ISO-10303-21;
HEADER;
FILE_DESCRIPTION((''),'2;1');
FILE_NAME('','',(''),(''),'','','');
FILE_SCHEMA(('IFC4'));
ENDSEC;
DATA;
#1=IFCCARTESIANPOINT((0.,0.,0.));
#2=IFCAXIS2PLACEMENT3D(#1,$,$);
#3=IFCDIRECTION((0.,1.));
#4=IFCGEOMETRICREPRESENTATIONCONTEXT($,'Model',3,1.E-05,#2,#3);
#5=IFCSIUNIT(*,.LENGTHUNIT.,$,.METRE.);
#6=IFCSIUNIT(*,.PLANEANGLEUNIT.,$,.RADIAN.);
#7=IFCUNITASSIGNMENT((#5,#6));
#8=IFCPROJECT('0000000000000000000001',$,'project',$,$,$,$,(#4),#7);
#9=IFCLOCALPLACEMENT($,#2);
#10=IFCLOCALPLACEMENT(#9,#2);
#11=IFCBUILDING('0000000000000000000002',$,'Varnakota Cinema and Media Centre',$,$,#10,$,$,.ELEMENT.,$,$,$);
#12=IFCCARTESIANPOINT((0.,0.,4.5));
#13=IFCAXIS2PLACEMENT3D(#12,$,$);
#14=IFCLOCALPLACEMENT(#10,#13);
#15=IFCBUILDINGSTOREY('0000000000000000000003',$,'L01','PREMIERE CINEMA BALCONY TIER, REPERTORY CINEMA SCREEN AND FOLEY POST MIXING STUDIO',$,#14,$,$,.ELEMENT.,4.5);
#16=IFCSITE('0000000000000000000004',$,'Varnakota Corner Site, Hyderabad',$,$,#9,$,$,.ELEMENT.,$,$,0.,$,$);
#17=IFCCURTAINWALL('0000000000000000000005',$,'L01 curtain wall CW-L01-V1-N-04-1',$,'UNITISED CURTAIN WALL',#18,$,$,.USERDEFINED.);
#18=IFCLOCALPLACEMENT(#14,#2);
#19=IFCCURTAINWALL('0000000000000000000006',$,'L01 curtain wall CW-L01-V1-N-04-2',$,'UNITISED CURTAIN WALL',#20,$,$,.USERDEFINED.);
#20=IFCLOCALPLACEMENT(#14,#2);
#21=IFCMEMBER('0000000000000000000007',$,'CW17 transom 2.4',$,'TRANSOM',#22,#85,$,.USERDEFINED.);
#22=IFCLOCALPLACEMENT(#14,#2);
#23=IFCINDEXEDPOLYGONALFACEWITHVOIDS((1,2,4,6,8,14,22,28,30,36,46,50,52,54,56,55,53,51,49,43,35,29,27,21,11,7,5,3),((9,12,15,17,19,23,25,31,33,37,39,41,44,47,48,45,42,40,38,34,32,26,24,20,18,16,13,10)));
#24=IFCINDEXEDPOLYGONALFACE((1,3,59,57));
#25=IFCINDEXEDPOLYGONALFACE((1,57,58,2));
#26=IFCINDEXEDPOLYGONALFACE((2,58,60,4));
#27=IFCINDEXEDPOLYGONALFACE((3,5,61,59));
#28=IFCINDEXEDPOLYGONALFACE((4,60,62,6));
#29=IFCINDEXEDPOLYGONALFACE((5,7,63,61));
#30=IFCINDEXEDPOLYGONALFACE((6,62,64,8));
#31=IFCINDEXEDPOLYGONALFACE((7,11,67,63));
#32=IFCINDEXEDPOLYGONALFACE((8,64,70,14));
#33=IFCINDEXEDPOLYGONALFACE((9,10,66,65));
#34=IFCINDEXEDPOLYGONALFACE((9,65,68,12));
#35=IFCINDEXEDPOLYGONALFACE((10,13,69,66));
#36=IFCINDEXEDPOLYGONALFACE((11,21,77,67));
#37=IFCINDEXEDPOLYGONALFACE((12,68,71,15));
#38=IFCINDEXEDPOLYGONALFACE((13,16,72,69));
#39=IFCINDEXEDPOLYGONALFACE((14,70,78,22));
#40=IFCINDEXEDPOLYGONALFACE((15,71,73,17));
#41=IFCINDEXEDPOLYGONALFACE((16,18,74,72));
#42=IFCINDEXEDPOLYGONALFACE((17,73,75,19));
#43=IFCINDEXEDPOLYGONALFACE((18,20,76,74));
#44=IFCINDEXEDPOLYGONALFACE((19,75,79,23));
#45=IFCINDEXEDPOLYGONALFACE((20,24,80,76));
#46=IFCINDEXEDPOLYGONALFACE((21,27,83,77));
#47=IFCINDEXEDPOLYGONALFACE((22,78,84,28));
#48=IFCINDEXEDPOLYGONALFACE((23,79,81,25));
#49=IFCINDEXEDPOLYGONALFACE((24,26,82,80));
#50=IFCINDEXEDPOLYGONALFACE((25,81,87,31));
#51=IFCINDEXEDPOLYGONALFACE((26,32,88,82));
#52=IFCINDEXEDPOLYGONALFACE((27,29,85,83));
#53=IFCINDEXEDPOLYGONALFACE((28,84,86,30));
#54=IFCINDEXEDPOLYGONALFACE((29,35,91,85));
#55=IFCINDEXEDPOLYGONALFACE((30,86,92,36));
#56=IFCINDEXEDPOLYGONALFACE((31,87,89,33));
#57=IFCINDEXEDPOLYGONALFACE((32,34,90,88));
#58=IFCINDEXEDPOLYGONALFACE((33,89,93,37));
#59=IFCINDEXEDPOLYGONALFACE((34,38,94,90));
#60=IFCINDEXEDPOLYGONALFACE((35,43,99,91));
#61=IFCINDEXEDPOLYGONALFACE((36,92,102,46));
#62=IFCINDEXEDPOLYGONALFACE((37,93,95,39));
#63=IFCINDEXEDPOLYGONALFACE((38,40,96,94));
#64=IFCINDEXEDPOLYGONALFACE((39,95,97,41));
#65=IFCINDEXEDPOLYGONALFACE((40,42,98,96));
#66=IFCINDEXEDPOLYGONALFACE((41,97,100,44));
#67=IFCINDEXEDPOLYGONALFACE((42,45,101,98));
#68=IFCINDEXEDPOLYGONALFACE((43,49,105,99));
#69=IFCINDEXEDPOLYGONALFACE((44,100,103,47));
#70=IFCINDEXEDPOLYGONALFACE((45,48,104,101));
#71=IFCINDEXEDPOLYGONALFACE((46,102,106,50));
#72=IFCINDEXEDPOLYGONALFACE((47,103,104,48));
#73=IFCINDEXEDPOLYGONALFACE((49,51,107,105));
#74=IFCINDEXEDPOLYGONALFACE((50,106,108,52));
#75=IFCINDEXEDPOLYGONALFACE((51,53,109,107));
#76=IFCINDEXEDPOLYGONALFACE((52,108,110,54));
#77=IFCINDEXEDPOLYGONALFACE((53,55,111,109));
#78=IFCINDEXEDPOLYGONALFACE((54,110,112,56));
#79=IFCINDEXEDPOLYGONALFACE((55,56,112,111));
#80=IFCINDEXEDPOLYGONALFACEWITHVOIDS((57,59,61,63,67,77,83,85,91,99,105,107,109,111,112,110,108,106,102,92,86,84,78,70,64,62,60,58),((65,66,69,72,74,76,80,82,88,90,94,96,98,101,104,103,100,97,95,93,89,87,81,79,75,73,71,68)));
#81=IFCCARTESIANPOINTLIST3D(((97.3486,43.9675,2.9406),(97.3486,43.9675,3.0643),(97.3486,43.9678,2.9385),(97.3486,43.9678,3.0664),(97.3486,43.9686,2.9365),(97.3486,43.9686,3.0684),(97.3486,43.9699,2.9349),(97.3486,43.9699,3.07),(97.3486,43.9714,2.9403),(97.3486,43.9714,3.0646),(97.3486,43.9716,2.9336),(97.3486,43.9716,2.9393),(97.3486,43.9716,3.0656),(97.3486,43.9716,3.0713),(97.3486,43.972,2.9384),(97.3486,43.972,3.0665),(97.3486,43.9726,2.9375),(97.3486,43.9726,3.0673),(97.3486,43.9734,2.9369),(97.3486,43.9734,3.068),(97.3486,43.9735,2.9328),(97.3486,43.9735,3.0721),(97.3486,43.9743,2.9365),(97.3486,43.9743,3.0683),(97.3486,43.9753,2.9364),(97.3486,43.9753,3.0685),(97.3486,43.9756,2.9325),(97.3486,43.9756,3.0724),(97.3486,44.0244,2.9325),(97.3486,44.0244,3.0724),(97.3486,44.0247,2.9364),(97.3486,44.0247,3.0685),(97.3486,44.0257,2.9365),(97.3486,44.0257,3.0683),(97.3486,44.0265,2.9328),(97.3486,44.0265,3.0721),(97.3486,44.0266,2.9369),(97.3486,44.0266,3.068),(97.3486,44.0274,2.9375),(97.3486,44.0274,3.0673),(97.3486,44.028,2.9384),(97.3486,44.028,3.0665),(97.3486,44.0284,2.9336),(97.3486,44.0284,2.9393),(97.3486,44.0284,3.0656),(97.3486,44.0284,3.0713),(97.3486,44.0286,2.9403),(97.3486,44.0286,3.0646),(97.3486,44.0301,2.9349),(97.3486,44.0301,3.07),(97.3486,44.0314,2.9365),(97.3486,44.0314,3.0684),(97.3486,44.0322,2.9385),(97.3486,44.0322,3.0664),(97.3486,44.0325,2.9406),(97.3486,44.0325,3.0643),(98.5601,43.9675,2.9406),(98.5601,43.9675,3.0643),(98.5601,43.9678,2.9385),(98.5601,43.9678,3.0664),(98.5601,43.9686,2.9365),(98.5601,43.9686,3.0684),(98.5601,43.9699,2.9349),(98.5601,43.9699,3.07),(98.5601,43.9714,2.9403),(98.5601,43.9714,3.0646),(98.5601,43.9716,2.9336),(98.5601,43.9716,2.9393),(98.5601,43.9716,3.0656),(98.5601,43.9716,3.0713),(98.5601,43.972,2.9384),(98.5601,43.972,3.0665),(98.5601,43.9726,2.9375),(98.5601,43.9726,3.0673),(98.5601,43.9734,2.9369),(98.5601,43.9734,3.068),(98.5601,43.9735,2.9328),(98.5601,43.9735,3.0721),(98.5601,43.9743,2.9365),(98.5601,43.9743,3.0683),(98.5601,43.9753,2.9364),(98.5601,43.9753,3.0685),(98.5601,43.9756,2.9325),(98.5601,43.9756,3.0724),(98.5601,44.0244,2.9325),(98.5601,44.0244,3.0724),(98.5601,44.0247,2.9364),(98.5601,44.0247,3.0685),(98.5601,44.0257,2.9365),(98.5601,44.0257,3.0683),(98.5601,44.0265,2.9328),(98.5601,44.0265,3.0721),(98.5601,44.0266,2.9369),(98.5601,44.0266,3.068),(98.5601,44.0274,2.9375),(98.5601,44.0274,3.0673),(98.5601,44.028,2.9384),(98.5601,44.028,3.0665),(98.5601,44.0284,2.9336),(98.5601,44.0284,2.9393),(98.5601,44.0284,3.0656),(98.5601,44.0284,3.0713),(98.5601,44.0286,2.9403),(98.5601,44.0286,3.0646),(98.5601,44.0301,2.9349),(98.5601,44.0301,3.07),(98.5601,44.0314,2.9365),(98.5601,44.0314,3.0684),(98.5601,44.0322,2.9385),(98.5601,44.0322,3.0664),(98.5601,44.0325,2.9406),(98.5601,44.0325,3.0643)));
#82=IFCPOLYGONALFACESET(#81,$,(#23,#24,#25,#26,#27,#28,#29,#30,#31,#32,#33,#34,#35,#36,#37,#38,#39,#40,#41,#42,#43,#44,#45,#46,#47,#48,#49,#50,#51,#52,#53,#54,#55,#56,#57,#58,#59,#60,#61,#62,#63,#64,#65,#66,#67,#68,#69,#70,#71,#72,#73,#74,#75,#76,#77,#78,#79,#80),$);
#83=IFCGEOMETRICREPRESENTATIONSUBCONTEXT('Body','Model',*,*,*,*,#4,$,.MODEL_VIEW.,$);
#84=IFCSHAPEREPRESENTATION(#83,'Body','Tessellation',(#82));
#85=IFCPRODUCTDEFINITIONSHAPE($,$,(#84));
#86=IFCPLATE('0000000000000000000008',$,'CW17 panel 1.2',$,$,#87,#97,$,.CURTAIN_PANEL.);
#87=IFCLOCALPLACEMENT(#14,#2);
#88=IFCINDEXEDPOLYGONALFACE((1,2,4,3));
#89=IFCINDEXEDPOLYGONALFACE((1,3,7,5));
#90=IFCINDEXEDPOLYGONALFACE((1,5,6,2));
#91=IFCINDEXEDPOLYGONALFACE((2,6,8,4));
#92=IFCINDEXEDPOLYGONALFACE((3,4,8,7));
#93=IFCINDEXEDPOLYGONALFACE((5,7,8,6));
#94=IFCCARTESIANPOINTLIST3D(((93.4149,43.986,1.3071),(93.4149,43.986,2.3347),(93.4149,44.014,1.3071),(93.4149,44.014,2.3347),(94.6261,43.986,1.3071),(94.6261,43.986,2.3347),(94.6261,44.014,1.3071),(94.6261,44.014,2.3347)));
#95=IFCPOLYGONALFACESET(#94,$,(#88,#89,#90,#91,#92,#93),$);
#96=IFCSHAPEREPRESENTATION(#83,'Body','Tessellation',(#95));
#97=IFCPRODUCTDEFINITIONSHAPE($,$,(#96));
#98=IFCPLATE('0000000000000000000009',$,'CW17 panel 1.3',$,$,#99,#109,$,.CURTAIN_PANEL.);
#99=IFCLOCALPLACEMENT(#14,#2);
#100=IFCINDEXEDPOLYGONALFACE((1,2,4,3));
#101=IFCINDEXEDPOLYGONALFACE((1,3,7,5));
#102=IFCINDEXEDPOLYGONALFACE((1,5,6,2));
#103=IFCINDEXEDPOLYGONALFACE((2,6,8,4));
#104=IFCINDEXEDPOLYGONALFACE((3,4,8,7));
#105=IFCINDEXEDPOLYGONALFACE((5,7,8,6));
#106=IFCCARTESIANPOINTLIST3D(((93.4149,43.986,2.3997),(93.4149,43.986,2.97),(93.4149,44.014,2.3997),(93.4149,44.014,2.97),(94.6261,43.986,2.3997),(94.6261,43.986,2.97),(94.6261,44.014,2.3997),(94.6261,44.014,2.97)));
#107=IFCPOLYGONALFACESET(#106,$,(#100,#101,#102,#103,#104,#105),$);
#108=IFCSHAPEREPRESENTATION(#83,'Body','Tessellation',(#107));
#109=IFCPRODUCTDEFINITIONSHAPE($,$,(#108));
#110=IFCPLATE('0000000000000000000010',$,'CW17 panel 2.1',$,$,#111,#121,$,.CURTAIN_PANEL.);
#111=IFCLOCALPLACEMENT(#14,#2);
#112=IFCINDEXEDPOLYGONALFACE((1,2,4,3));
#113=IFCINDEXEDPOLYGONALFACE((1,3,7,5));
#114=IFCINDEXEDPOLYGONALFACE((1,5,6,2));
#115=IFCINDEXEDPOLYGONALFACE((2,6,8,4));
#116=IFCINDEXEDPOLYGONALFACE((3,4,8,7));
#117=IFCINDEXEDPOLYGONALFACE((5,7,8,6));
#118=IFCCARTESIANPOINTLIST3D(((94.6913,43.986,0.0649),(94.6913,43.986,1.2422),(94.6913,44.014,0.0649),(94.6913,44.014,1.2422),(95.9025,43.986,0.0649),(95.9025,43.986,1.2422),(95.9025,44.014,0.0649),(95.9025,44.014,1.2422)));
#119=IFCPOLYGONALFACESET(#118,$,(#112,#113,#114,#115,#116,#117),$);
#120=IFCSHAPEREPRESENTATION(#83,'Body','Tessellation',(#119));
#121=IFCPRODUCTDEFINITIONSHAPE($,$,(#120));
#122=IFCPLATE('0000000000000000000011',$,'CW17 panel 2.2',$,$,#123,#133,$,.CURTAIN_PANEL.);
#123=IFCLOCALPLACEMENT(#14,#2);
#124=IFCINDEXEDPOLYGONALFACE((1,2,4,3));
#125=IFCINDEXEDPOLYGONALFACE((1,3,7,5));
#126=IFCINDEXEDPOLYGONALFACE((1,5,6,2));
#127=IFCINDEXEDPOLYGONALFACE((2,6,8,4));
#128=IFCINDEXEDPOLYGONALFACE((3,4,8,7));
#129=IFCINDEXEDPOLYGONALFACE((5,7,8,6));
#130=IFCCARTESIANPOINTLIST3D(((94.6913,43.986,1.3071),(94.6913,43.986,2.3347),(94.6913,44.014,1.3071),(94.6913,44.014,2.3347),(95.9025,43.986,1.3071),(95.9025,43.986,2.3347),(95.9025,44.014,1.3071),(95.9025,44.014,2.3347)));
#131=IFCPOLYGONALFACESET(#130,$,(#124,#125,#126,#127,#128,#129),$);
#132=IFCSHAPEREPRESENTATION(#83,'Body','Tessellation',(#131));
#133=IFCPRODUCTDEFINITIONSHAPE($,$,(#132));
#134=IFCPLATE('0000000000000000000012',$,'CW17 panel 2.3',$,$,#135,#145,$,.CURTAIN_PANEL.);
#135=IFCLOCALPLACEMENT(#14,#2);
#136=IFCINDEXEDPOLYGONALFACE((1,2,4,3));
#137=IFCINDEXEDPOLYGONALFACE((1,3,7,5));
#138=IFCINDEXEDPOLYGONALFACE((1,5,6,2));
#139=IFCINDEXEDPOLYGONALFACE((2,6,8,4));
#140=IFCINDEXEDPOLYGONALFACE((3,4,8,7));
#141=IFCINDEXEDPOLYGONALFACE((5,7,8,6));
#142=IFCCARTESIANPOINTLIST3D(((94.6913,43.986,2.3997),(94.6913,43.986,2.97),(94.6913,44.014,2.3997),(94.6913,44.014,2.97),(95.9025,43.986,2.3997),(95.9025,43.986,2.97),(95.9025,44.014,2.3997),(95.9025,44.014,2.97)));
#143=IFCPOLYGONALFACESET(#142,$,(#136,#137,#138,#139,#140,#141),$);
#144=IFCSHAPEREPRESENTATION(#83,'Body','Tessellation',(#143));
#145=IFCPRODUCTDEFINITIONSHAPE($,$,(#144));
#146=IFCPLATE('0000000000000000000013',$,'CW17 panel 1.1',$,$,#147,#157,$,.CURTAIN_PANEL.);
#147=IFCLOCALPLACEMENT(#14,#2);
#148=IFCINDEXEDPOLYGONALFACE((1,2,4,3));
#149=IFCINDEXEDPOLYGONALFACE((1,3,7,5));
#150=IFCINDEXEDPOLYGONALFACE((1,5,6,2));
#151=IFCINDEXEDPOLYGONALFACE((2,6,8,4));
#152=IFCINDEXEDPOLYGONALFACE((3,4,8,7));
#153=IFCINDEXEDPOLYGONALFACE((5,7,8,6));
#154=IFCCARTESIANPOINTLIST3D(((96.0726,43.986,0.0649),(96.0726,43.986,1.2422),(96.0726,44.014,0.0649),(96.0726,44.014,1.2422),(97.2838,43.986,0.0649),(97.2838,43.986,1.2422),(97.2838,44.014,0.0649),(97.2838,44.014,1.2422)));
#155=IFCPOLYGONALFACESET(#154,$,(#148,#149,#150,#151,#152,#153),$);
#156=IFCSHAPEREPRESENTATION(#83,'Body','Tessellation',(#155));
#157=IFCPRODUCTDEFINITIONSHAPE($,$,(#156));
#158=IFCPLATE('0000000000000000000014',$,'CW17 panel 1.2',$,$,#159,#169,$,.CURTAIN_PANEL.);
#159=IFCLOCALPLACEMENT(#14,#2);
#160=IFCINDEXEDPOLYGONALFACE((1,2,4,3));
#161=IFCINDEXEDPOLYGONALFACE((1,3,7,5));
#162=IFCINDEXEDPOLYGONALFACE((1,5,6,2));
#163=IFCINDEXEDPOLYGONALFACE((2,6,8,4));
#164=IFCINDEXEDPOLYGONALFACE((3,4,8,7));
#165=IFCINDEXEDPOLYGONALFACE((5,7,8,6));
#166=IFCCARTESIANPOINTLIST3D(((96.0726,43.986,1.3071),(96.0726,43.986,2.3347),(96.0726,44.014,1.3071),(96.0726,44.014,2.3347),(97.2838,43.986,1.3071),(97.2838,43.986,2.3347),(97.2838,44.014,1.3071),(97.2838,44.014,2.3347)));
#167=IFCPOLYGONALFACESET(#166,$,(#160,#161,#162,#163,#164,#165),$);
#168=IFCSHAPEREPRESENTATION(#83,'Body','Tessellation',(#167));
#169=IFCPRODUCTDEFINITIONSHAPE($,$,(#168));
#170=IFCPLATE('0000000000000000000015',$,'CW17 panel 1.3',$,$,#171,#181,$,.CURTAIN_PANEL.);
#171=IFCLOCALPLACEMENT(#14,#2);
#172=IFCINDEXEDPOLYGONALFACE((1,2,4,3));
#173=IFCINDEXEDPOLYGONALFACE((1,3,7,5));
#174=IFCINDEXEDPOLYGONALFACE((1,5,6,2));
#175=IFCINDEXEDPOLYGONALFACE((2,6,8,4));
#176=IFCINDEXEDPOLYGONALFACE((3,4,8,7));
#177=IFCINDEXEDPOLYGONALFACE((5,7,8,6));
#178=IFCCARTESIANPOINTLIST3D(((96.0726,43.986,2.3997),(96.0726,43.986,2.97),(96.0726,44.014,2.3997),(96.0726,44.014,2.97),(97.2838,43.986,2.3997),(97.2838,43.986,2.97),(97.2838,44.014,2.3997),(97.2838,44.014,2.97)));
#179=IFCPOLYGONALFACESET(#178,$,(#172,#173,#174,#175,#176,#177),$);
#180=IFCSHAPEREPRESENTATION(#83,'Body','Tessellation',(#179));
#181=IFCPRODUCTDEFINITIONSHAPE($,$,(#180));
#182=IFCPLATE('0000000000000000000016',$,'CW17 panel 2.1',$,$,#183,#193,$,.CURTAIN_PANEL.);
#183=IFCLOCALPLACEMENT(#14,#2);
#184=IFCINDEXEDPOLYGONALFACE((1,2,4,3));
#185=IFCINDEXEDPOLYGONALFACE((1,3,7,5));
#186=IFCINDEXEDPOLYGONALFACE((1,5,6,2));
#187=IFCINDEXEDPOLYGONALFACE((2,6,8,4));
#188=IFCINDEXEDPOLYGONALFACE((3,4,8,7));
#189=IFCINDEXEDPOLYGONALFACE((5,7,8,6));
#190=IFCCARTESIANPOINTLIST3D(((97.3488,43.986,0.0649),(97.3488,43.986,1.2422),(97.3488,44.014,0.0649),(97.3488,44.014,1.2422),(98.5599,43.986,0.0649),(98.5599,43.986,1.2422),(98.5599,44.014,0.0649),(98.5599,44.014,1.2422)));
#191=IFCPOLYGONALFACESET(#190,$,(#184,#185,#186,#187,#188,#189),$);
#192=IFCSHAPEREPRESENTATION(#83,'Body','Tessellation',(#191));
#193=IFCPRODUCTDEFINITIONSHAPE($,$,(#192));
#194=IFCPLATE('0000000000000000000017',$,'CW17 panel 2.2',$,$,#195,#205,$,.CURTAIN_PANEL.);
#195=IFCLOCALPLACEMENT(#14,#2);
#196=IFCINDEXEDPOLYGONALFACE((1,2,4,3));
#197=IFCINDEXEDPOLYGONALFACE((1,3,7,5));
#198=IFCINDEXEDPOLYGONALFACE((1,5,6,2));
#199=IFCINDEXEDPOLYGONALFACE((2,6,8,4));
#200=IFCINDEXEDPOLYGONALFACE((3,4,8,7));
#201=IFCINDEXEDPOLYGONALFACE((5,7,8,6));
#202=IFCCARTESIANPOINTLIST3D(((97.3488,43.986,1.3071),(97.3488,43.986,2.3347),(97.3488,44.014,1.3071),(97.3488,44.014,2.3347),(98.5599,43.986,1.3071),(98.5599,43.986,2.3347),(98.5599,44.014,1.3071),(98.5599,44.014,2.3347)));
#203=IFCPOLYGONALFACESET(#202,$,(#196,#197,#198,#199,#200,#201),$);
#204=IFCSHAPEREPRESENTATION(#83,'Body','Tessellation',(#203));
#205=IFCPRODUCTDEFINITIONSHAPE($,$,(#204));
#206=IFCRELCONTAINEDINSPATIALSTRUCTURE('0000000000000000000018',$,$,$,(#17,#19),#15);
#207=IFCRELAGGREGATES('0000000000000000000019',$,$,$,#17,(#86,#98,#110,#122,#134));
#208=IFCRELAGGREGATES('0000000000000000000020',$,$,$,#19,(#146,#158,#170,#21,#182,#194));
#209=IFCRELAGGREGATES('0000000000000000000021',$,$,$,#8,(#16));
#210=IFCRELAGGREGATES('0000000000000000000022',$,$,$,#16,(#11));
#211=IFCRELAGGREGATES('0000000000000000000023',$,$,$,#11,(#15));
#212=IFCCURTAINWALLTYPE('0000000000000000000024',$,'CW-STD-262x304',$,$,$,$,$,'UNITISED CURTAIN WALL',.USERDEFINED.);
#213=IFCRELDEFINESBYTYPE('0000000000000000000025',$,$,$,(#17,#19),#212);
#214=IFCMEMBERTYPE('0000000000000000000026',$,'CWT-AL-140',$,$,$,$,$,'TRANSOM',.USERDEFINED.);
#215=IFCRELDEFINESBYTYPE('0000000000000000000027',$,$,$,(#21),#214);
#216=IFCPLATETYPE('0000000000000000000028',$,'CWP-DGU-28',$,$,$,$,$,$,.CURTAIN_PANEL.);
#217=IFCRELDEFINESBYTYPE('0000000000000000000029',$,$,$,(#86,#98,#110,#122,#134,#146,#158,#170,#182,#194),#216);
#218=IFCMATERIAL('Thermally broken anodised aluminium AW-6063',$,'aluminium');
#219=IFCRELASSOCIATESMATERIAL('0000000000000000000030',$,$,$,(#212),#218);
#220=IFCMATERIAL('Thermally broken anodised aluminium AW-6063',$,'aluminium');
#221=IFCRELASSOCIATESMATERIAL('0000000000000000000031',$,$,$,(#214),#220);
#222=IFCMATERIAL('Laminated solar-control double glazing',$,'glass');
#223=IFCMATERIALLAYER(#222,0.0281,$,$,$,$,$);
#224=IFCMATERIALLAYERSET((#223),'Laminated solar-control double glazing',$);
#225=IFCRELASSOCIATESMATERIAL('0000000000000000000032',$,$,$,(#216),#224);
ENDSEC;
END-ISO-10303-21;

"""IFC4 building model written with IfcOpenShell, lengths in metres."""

from ifc_helpers import new_model, si_unit, direction, frame, origin, origin_2d, place, context, subcontext, project, spatial, rectangle, hollow_rectangle, extrude, material, layer, layer_set, material_profile, profile_set, type_object, element, aggregate, save


model = new_model("IFC4")

# Units and contexts
model_context = context("Model", 3, precision=1e-05, world=origin(), true_north=direction((0.0, 1.0)))
body_context = subcontext(model_context, "Body", "Model", "MODEL_VIEW")
ifc_project = project(units=[si_unit("LENGTHUNIT", "METRE"), si_unit("PLANEANGLEUNIT", "RADIAN")], contexts=[model_context])

# Site, building, storey
site_placement = place(None, origin())
site = spatial("IfcSite", under=ifc_project, at=site_placement, Name="Varnakota Corner Site, Hyderabad", CompositionType="ELEMENT", RefElevation=0.0)
building_placement = place(site_placement, origin())
building = spatial("IfcBuilding", under=site, at=building_placement, Name="Varnakota Cinema and Media Centre", CompositionType="ELEMENT")
storey_placement = place(building_placement, frame((0.0, 0.0, 4.5)))
storey = spatial("IfcBuildingStorey", under=building, at=storey_placement, Name="L01", Description="PREMIERE CINEMA BALCONY TIER, REPERTORY CINEMA SCREEN AND FOLEY POST MIXING STUDIO", CompositionType="ELEMENT", Elevation=4.5)

# Curtain walls
ifc_material_1 = material(Name="Thermally broken anodised aluminium AW-6063", Category="aluminium")
curtain_wall_type = type_object("IfcCurtainWallType", Name="CW-STD-262x304", ElementType="UNITISED CURTAIN WALL", PredefinedType="USERDEFINED", material=ifc_material_1)
curtain_wall_1_placement = place(storey_placement, origin())
curtain_wall_1 = element("IfcCurtainWall", 1, at=curtain_wall_1_placement, inside=storey, type_object=curtain_wall_type, Name="L01 curtain wall CW-L01-V1-N-04-1", ObjectType="UNITISED CURTAIN WALL", PredefinedType="USERDEFINED")
curtain_wall_2_placement = place(storey_placement, origin())
curtain_wall_2 = element("IfcCurtainWall", 2, at=curtain_wall_2_placement, inside=storey, type_object=curtain_wall_type, Name="L01 curtain wall CW-L01-V1-N-04-2", ObjectType="UNITISED CURTAIN WALL", PredefinedType="USERDEFINED")

# Member
ifc_material_2 = material(Name="Thermally broken anodised aluminium AW-6063", Category="aluminium")
ifc_material_profile_1 = material_profile(ifc_material_2, hollow_rectangle(XDim=0.0649, YDim=0.1399, WallThickness=0.0039, InnerFilletRadius=0.0039, OuterFilletRadius=0.0081, at=origin_2d()), Name="AL-TRANSOM 140x65x4")
ifc_profile_set_1 = profile_set([ifc_material_profile_1], Name="Thermally broken anodised aluminium AW-6063")
member_type_1 = type_object("IfcMemberType", Name="CWT-AL-140", ElementType="TRANSOM", PredefinedType="USERDEFINED", material=ifc_profile_set_1)
member_1_placement = place(storey_placement, frame((97.3486, 44.0, 3.0024), z_axis=(1.0, 0.0, 0.0), x_axis=(0.0, 1.0, 0.0)))
member_1 = element("IfcMember", 3, at=member_1_placement, type_object=member_type_1, Name="CW17 transom 2.4", ObjectType="TRANSOM", PredefinedType="USERDEFINED", context=body_context, shape_type="SweptSolid", body=[
    extrude(hollow_rectangle(XDim=0.0649, YDim=0.1399, WallThickness=0.0039, InnerFilletRadius=0.0039, OuterFilletRadius=0.0081, at=origin_2d()), origin(), (0.0, 0.0, 1.0), 1.2114),
])

# Plates
ifc_material_3 = material(Name="Laminated solar-control double glazing", Category="glass")
ifc_layer = layer(ifc_material_3, 0.0281)
ifc_layer_set = layer_set([ifc_layer], Name="Laminated solar-control double glazing")
plate_type = type_object("IfcPlateType", Name="CWP-DGU-28", PredefinedType="CURTAIN_PANEL", material=ifc_layer_set)
plate_1_placement = place(storey_placement, frame((94.0205, 44.0, 1.3071), z_axis=(0.0, 0.0, 1.0), x_axis=(1.0, 0.0, 0.0)))
plate_1 = element("IfcPlate", 4, at=plate_1_placement, type_object=plate_type, Name="CW17 panel 1.2", PredefinedType="CURTAIN_PANEL", context=body_context, shape_type="SweptSolid", body=[
    extrude(rectangle(XDim=1.2112, YDim=0.0281, at=origin_2d()), origin(), (0.0, 0.0, 1.0), 1.0276),
])
plate_2_placement = place(storey_placement, frame((94.0205, 44.0, 2.3997), z_axis=(0.0, 0.0, 1.0), x_axis=(1.0, 0.0, 0.0)))
plate_2 = element("IfcPlate", 5, at=plate_2_placement, type_object=plate_type, Name="CW17 panel 1.3", PredefinedType="CURTAIN_PANEL", context=body_context, shape_type="SweptSolid", body=[
    extrude(rectangle(XDim=1.2112, YDim=0.0281, at=origin_2d()), origin(), (0.0, 0.0, 1.0), 0.5703),
])
plate_3_placement = place(storey_placement, frame((95.2969, 44.0, 0.0649), z_axis=(0.0, 0.0, 1.0), x_axis=(1.0, 0.0, 0.0)))
plate_3 = element("IfcPlate", 6, at=plate_3_placement, type_object=plate_type, Name="CW17 panel 2.1", PredefinedType="CURTAIN_PANEL", context=body_context, shape_type="SweptSolid", body=[
    extrude(rectangle(XDim=1.2112, YDim=0.0281, at=origin_2d()), origin(), (0.0, 0.0, 1.0), 1.1772),
])
plate_4_placement = place(storey_placement, frame((95.2969, 44.0, 1.3071), z_axis=(0.0, 0.0, 1.0), x_axis=(1.0, 0.0, 0.0)))
plate_4 = element("IfcPlate", 7, at=plate_4_placement, type_object=plate_type, Name="CW17 panel 2.2", PredefinedType="CURTAIN_PANEL", context=body_context, shape_type="SweptSolid", body=[
    extrude(rectangle(XDim=1.2112, YDim=0.0281, at=origin_2d()), origin(), (0.0, 0.0, 1.0), 1.0276),
])
plate_5_placement = place(storey_placement, frame((95.2969, 44.0, 2.3997), z_axis=(0.0, 0.0, 1.0), x_axis=(1.0, 0.0, 0.0)))
plate_5 = element("IfcPlate", 8, at=plate_5_placement, type_object=plate_type, Name="CW17 panel 2.3", PredefinedType="CURTAIN_PANEL", context=body_context, shape_type="SweptSolid", body=[
    extrude(rectangle(XDim=1.2112, YDim=0.0281, at=origin_2d()), origin(), (0.0, 0.0, 1.0), 0.5703),
])
aggregate(curtain_wall_1, [plate_1, plate_2, plate_3, plate_4, plate_5])
plate_6_placement = place(storey_placement, frame((96.6782, 44.0, 0.0649), z_axis=(0.0, 0.0, 1.0), x_axis=(1.0, 0.0, 0.0)))
plate_6 = element("IfcPlate", 9, at=plate_6_placement, type_object=plate_type, Name="CW17 panel 1.1", PredefinedType="CURTAIN_PANEL", context=body_context, shape_type="SweptSolid", body=[
    extrude(rectangle(XDim=1.2112, YDim=0.0281, at=origin_2d()), origin(), (0.0, 0.0, 1.0), 1.1772),
])
plate_7_placement = place(storey_placement, frame((96.6782, 44.0, 1.3071), z_axis=(0.0, 0.0, 1.0), x_axis=(1.0, 0.0, 0.0)))
plate_7 = element("IfcPlate", 10, at=plate_7_placement, type_object=plate_type, Name="CW17 panel 1.2", PredefinedType="CURTAIN_PANEL", context=body_context, shape_type="SweptSolid", body=[
    extrude(rectangle(XDim=1.2112, YDim=0.0281, at=origin_2d()), origin(), (0.0, 0.0, 1.0), 1.0276),
])
plate_8_placement = place(storey_placement, frame((96.6782, 44.0, 2.3997), z_axis=(0.0, 0.0, 1.0), x_axis=(1.0, 0.0, 0.0)))
plate_8 = element("IfcPlate", 11, at=plate_8_placement, type_object=plate_type, Name="CW17 panel 1.3", PredefinedType="CURTAIN_PANEL", context=body_context, shape_type="SweptSolid", body=[
    extrude(rectangle(XDim=1.2112, YDim=0.0281, at=origin_2d()), origin(), (0.0, 0.0, 1.0), 0.5703),
])
plate_9_placement = place(storey_placement, frame((97.9543, 44.0, 0.0649), z_axis=(0.0, 0.0, 1.0), x_axis=(1.0, 0.0, 0.0)))
plate_9 = element("IfcPlate", 12, at=plate_9_placement, type_object=plate_type, Name="CW17 panel 2.1", PredefinedType="CURTAIN_PANEL", context=body_context, shape_type="SweptSolid", body=[
    extrude(rectangle(XDim=1.2112, YDim=0.0281, at=origin_2d()), origin(), (0.0, 0.0, 1.0), 1.1772),
])
plate_10_placement = place(storey_placement, frame((97.9543, 44.0, 1.3071), z_axis=(0.0, 0.0, 1.0), x_axis=(1.0, 0.0, 0.0)))
plate_10 = element("IfcPlate", 13, at=plate_10_placement, type_object=plate_type, Name="CW17 panel 2.2", PredefinedType="CURTAIN_PANEL", context=body_context, shape_type="SweptSolid", body=[
    extrude(rectangle(XDim=1.2112, YDim=0.0281, at=origin_2d()), origin(), (0.0, 0.0, 1.0), 1.0276),
])
aggregate(curtain_wall_2, [plate_6, plate_7, plate_8, member_1, plate_9, plate_10])

save(model, "model.ifc")
